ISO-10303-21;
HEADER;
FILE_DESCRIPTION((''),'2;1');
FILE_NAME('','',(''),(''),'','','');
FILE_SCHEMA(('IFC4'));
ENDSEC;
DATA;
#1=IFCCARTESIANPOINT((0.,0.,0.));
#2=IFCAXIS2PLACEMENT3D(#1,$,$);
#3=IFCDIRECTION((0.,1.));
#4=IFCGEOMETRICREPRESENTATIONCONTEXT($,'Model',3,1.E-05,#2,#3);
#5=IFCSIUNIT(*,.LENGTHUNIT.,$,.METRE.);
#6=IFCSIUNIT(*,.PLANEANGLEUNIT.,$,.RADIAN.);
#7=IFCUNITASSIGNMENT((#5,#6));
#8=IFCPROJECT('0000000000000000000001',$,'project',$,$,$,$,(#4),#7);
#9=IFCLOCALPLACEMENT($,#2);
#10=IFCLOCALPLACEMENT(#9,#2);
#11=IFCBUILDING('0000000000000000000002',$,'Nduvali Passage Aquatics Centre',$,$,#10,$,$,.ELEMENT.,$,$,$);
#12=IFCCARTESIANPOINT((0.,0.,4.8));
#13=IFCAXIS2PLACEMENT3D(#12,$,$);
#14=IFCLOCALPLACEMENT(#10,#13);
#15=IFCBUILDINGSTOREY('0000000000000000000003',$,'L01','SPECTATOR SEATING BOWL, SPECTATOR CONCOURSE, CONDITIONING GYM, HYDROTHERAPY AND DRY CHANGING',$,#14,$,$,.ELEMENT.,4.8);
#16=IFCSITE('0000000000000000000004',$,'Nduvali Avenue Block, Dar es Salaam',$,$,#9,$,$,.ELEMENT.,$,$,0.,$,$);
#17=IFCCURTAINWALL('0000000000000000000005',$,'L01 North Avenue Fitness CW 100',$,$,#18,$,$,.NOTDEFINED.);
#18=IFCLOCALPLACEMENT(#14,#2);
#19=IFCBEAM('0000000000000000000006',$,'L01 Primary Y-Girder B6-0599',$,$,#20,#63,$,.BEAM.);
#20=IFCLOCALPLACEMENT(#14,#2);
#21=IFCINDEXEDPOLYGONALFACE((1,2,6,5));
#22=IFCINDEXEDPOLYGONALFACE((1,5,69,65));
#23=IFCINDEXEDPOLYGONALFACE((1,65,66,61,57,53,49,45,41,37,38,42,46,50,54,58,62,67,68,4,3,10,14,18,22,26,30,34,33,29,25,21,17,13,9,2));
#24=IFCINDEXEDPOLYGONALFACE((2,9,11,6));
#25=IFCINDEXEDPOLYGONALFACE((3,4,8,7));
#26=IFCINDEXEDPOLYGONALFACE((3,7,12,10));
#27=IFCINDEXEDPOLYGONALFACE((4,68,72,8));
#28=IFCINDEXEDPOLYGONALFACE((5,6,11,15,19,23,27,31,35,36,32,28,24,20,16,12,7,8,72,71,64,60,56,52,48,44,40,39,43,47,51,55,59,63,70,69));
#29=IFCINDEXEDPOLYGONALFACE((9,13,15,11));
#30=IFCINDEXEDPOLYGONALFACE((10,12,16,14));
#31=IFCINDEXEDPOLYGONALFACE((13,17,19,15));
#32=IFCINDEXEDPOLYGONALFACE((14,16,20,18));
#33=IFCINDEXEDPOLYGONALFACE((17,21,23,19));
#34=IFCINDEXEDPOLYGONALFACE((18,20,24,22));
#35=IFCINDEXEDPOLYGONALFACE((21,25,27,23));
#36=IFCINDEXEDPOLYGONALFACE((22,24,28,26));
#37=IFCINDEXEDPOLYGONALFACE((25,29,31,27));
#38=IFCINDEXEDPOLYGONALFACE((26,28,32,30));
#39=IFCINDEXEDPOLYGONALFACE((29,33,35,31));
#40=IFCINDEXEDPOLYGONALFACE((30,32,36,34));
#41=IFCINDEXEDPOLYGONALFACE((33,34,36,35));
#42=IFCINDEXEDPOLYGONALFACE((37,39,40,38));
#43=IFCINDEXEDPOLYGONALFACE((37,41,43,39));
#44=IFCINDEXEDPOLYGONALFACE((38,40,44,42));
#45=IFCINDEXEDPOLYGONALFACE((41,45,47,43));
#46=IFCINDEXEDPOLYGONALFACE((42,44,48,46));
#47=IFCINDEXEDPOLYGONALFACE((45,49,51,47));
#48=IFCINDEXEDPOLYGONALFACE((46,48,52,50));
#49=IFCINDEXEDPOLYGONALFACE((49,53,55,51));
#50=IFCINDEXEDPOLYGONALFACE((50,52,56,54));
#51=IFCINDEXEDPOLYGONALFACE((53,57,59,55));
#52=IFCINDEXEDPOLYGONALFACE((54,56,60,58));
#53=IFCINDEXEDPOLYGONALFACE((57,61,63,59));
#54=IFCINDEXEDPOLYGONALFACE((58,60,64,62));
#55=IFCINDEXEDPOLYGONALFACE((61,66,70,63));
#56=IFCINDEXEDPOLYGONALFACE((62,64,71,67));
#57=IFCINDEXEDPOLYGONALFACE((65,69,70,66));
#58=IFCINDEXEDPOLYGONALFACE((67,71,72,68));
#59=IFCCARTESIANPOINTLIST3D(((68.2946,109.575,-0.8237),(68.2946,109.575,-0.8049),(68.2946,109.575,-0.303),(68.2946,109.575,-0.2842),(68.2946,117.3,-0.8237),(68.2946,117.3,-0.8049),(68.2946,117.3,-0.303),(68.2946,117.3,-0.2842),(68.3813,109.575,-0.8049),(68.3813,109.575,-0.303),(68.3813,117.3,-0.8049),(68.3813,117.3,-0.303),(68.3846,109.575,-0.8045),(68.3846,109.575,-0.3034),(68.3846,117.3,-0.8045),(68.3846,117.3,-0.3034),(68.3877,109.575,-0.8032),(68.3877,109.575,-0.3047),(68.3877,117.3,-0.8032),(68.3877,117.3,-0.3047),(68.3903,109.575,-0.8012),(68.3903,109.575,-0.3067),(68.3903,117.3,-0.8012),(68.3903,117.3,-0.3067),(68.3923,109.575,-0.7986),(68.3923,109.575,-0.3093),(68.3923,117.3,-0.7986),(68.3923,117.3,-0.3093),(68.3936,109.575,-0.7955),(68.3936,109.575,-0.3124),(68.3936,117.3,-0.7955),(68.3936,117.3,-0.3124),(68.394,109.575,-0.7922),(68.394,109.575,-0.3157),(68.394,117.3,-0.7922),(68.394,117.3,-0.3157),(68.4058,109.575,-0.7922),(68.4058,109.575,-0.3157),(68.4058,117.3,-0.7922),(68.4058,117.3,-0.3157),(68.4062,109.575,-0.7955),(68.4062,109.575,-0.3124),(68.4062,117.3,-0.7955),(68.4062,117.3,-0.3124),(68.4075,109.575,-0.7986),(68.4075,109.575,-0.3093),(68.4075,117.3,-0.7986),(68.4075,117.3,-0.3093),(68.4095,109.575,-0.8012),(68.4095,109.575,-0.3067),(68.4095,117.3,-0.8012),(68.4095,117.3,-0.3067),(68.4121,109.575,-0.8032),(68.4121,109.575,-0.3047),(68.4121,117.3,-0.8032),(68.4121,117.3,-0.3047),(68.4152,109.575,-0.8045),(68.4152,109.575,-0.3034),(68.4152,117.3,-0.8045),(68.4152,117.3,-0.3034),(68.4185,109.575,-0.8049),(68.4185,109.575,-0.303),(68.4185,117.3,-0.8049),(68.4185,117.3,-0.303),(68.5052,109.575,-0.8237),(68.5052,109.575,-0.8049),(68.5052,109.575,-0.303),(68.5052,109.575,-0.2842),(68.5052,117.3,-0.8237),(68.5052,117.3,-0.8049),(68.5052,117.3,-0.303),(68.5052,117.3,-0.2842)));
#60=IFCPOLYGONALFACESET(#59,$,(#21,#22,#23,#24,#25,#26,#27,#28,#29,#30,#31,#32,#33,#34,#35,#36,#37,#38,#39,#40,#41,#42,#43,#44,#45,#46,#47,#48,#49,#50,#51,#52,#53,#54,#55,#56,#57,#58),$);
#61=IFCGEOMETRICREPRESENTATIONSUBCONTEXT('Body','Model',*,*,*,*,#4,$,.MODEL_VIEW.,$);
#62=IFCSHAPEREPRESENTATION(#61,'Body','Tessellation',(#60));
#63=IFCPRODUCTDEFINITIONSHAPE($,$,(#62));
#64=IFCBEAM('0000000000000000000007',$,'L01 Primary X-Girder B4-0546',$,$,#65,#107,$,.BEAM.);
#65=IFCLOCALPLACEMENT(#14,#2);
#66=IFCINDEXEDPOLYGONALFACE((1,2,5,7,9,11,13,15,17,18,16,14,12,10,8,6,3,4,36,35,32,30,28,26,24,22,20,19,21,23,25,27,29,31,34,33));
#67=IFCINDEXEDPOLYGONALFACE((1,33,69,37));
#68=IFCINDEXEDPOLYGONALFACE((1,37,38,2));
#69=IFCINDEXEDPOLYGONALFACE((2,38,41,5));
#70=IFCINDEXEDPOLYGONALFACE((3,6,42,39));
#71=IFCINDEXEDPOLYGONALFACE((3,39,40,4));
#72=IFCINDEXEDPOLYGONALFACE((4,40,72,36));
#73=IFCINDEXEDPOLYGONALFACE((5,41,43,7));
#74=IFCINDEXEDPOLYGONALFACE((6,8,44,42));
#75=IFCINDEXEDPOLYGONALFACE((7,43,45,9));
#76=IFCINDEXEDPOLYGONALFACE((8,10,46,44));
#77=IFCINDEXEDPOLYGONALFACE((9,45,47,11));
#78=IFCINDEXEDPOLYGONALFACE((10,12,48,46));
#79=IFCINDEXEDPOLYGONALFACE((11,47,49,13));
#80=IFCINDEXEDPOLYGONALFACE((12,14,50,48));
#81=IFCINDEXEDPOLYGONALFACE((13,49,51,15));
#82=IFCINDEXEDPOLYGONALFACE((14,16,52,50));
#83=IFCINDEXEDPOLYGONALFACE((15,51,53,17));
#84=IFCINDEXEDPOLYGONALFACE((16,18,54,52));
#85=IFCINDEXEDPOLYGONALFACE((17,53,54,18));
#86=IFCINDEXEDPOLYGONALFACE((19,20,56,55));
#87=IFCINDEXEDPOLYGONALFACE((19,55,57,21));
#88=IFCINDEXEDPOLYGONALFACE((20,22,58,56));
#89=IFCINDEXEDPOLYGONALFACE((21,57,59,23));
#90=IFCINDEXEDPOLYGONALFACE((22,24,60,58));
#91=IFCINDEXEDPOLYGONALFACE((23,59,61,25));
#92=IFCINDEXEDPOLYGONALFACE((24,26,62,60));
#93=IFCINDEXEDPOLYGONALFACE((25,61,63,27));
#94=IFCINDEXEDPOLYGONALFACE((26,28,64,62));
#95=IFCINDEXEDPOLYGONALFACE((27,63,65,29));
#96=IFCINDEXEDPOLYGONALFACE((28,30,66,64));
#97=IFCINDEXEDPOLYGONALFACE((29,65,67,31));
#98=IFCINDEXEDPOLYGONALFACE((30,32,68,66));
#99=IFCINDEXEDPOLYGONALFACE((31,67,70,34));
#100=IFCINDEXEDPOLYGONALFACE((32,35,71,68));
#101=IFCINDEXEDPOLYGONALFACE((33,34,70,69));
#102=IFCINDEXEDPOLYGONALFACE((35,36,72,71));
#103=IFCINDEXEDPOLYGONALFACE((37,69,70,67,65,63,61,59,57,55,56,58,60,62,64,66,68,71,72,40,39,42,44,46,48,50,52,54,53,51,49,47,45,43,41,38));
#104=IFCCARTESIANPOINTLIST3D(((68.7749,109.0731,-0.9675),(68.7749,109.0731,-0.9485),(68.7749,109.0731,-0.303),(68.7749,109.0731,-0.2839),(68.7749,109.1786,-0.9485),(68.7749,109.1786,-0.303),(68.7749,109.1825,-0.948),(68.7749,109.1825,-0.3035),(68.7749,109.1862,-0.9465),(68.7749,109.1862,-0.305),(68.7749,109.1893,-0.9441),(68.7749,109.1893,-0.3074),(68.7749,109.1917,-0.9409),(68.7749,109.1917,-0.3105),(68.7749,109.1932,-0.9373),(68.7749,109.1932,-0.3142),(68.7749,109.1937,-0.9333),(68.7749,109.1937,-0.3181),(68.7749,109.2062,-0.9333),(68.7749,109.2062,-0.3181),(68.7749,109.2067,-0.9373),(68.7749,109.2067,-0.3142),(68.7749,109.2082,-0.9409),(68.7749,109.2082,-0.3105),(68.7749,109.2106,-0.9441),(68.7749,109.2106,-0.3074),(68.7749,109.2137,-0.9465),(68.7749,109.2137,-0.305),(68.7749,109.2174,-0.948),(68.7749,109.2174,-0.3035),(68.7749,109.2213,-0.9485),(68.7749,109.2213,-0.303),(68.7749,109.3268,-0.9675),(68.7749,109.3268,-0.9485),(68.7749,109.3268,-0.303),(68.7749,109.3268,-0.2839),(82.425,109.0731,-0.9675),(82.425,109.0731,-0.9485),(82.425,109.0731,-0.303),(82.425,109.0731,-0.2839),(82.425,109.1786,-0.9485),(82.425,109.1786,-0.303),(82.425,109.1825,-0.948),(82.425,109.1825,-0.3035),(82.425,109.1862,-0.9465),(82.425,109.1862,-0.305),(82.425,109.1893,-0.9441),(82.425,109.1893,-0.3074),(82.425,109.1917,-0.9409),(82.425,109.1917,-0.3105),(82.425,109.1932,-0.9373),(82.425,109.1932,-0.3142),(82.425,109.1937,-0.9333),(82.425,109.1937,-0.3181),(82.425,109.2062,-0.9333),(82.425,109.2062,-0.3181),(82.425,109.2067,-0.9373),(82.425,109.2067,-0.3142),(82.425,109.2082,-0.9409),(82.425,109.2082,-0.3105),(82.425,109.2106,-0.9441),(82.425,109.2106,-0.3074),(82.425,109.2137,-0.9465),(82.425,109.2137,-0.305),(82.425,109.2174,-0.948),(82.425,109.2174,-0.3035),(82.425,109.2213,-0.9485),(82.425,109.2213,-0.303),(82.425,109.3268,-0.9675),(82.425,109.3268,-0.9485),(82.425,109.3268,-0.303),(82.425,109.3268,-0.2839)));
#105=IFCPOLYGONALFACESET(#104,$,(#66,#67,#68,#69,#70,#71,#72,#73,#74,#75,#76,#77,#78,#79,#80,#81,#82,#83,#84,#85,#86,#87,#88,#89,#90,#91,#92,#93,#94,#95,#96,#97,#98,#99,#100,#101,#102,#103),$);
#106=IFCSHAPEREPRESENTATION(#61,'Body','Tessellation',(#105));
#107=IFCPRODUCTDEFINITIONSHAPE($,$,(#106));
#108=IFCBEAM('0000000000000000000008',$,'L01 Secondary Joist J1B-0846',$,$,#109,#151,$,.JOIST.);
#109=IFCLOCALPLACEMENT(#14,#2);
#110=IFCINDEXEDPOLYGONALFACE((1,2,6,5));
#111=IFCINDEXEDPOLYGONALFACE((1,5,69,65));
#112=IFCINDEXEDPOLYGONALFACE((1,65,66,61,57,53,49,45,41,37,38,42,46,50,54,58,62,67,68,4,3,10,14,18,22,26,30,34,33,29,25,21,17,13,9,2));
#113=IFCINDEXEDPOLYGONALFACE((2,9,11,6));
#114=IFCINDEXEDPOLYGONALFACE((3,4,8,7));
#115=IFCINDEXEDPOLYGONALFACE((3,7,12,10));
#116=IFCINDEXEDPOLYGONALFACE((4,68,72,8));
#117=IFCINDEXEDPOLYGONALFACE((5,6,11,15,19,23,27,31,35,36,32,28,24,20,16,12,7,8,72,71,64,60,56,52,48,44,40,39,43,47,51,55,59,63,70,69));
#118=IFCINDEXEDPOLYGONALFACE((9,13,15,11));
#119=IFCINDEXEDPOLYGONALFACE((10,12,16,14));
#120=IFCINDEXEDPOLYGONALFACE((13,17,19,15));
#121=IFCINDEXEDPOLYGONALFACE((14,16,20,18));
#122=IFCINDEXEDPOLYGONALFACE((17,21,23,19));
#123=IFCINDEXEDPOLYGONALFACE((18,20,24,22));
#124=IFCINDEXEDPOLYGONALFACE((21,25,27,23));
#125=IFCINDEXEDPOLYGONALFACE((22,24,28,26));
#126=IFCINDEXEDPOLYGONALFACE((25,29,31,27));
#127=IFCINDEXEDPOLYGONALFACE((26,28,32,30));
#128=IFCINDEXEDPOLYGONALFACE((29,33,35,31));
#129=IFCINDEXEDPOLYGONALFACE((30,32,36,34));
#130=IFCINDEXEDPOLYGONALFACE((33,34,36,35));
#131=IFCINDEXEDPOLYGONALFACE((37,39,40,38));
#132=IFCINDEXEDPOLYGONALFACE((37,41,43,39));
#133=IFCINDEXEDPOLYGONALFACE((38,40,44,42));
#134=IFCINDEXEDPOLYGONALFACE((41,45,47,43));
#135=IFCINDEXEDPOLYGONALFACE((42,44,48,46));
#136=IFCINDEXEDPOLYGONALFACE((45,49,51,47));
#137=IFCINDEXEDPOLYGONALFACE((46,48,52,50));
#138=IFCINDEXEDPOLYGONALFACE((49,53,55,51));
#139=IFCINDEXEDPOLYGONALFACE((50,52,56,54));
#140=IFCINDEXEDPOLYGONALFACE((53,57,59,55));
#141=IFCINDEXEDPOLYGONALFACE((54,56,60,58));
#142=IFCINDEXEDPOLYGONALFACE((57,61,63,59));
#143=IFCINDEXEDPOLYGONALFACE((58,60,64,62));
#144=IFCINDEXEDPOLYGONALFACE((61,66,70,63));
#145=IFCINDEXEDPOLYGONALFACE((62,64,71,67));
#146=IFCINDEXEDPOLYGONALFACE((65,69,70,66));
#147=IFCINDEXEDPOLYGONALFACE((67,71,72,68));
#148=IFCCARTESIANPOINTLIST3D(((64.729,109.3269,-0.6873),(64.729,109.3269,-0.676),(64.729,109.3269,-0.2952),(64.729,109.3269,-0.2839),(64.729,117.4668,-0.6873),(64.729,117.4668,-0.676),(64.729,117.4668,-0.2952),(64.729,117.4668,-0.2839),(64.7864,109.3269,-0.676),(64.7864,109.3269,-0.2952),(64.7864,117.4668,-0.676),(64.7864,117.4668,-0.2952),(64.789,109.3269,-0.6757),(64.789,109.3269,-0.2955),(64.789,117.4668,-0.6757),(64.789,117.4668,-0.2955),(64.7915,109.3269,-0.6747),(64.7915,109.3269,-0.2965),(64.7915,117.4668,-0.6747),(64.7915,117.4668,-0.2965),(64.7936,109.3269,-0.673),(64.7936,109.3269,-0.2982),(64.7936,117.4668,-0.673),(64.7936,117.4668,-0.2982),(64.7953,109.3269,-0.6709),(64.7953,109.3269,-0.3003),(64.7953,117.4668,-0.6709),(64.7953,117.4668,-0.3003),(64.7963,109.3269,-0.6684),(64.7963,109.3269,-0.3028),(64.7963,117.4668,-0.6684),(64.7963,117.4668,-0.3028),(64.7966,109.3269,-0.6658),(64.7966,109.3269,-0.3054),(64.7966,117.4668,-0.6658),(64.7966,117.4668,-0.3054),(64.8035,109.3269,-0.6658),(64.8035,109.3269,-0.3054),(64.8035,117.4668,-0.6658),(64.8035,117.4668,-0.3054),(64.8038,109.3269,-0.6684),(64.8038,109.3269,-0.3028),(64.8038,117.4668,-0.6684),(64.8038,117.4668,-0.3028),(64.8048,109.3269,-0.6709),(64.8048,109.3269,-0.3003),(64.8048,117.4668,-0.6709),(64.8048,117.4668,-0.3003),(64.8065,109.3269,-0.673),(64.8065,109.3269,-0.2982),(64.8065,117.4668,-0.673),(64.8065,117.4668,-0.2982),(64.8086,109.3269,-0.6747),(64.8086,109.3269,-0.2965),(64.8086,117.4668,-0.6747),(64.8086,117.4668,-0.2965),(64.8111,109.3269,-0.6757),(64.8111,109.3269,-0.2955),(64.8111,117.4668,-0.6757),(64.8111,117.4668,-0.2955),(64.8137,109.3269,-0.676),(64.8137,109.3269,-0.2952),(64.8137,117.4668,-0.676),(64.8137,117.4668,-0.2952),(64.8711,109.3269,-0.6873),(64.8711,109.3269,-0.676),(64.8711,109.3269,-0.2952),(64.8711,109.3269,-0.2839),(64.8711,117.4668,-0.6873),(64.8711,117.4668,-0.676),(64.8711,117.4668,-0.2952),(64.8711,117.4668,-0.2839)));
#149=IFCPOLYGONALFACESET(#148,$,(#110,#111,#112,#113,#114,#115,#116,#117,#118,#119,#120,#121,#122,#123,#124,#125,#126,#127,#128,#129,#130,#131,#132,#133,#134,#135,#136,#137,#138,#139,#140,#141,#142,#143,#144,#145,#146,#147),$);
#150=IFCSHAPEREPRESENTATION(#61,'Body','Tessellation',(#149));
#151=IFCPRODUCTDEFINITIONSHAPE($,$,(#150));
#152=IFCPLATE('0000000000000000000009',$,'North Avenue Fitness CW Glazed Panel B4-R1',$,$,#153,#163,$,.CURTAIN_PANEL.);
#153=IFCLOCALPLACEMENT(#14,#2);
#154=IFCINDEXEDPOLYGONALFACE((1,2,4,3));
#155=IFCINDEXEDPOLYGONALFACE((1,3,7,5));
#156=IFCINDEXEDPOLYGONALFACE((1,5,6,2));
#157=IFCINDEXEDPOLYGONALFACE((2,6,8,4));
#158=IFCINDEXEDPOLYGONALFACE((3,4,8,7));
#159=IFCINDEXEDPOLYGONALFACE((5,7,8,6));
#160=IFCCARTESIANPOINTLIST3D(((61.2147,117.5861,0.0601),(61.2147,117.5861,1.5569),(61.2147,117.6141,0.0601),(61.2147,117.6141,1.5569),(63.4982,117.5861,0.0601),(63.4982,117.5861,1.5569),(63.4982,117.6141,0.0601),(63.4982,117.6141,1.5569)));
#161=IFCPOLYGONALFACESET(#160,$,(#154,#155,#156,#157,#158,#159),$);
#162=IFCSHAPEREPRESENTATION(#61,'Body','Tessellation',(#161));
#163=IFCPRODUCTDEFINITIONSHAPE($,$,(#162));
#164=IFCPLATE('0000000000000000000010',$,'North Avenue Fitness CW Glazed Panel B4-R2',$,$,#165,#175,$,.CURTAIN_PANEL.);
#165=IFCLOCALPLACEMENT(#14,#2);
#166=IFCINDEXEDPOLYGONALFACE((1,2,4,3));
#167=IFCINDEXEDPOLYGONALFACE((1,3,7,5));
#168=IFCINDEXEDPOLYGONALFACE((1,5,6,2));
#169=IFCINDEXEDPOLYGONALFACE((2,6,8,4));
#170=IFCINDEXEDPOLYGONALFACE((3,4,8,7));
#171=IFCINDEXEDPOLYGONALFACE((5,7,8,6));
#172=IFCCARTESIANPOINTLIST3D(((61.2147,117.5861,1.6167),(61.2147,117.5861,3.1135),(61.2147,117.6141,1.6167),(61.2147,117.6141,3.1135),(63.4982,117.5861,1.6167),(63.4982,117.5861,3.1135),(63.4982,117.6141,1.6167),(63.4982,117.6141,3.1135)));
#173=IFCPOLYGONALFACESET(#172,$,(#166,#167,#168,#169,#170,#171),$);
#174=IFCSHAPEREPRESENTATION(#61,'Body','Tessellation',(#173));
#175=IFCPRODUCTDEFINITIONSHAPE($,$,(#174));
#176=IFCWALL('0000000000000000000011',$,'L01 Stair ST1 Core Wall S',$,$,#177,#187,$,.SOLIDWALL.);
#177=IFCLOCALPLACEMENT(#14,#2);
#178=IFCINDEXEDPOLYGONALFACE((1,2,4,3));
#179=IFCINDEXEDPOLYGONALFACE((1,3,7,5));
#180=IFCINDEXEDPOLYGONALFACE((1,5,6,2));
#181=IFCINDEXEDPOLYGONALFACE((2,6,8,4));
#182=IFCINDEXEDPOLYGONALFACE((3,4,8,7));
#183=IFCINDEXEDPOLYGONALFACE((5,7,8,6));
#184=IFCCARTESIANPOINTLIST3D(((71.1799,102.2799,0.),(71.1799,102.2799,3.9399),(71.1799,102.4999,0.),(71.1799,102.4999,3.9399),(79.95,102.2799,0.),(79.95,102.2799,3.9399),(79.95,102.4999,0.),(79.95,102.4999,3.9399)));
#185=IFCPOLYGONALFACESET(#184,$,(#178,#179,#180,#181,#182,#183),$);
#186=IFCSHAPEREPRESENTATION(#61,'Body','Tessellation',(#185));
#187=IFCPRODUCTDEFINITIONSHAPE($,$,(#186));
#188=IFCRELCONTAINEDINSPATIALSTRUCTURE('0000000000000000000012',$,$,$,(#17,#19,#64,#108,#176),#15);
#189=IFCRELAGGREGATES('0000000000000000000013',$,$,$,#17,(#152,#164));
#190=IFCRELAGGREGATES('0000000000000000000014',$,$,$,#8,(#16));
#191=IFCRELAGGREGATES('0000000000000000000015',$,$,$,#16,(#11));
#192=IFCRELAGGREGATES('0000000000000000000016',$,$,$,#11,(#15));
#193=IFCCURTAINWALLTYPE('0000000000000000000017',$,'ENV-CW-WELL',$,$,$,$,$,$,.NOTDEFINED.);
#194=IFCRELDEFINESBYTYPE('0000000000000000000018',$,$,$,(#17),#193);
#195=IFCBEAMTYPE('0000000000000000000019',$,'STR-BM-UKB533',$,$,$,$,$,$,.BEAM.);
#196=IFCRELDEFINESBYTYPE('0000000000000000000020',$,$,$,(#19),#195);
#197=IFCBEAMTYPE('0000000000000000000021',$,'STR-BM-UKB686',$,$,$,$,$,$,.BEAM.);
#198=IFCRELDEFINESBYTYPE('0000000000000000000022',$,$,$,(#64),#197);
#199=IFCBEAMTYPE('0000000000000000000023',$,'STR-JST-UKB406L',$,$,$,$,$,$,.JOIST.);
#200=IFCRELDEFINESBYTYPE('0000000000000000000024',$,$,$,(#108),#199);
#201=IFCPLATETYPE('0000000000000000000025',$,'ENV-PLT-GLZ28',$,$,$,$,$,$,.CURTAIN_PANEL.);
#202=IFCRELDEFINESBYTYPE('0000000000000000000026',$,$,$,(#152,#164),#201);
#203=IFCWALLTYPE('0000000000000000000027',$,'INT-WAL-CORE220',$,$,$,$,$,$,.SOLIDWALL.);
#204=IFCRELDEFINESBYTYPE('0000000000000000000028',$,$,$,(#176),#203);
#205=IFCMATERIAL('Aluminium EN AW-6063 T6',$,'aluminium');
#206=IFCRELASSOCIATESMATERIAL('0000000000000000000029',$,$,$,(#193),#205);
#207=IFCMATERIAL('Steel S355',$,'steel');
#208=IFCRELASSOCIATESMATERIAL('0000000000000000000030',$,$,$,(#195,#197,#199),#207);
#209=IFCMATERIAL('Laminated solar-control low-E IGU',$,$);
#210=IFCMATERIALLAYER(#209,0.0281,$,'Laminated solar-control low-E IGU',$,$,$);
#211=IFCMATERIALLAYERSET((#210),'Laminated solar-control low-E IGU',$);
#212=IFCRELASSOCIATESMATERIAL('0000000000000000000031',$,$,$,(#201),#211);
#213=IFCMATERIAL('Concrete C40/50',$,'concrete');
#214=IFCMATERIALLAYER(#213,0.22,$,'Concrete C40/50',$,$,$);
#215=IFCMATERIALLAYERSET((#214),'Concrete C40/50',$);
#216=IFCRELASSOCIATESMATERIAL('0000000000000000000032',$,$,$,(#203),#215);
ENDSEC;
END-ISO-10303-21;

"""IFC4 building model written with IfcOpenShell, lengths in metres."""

from ifc_helpers import new_model, si_unit, direction, frame, frame_2d, origin, origin_2d, place, context, subcontext, project, spatial, rectangle, i_section, extrude, material, layer, layer_set, material_profile, profile_set, type_object, element, aggregate, save


model = new_model("IFC4")

# Units and contexts
model_context = context("Model", 3, precision=1e-05, world=origin(), true_north=direction((0.0, 1.0)))
body_context = subcontext(model_context, "Body", "Model", "MODEL_VIEW")
ifc_project = project(units=[si_unit("LENGTHUNIT", "METRE"), si_unit("PLANEANGLEUNIT", "RADIAN")], contexts=[model_context])

# Site, building, storey
site_placement = place(None, origin())
site = spatial("IfcSite", under=ifc_project, at=site_placement, Name="Nduvali Avenue Block, Dar es Salaam", CompositionType="ELEMENT", RefElevation=0.0)
building_placement = place(site_placement, origin())
building = spatial("IfcBuilding", under=site, at=building_placement, Name="Nduvali Passage Aquatics Centre", CompositionType="ELEMENT")
storey_placement = place(building_placement, frame((0.0, 0.0, 4.8)))
storey = spatial("IfcBuildingStorey", under=building, at=storey_placement, Name="L01", Description="SPECTATOR SEATING BOWL, SPECTATOR CONCOURSE, CONDITIONING GYM, HYDROTHERAPY AND DRY CHANGING", CompositionType="ELEMENT", Elevation=4.8)

# Shared definitions
ifc_material_1 = material(Name="Steel S355", Category="steel")

# Curtain wall
ifc_material_2 = material(Name="Aluminium EN AW-6063 T6", Category="aluminium")
curtain_wall_type = type_object("IfcCurtainWallType", Name="ENV-CW-WELL", PredefinedType="NOTDEFINED", material=ifc_material_2)
curtain_wall_placement = place(storey_placement, origin())
curtain_wall = element("IfcCurtainWall", 1, at=curtain_wall_placement, inside=storey, type_object=curtain_wall_type, Name="L01 North Avenue Fitness CW 100", PredefinedType="NOTDEFINED")

# Beams
ifc_material_profile_1 = material_profile(ifc_material_1, i_section(OverallWidth=0.2107, OverallDepth=0.5396, WebThickness=0.0117, FlangeThickness=0.0188, FilletRadius=0.0127, at=origin_2d()), Name="UKB 533x210x109")
ifc_profile_set_1 = profile_set([ifc_material_profile_1], Name="Steel S355")
beam_type_1 = type_object("IfcBeamType", Name="STR-BM-UKB533", PredefinedType="BEAM", material=ifc_profile_set_1)
beam_1_placement = place(storey_placement, frame((68.3999, 109.575, -0.554), z_axis=(0.0, 1.0, 0.0), x_axis=(-1.0, 0.0, 0.0)))
element("IfcBeam", 2, at=beam_1_placement, inside=storey, type_object=beam_type_1, Name="L01 Primary Y-Girder B6-0599", PredefinedType="BEAM", context=body_context, shape_type="SweptSolid", body=[
    extrude(i_section(OverallWidth=0.2107, OverallDepth=0.5396, WebThickness=0.0117, FlangeThickness=0.0188, FilletRadius=0.0127, at=origin_2d()), origin(), (0.0, 0.0, 1.0), 7.7251),
])
ifc_material_profile_2 = material_profile(ifc_material_1, i_section(OverallWidth=0.2537, OverallDepth=0.6836, WebThickness=0.0125, FlangeThickness=0.019, FilletRadius=0.0151, at=origin_2d()), Name="UKB 686x254x140")
ifc_profile_set_2 = profile_set([ifc_material_profile_2], Name="Steel S355")
beam_type_2 = type_object("IfcBeamType", Name="STR-BM-UKB686", PredefinedType="BEAM", material=ifc_profile_set_2)
beam_2_placement = place(storey_placement, frame((68.7749, 109.2, -0.6257), z_axis=(1.0, 0.0, 0.0), x_axis=(0.0, 1.0, 0.0)))
element("IfcBeam", 3, at=beam_2_placement, inside=storey, type_object=beam_type_2, Name="L01 Primary X-Girder B4-0546", PredefinedType="BEAM", context=body_context, shape_type="SweptSolid", body=[
    extrude(i_section(OverallWidth=0.2537, OverallDepth=0.6836, WebThickness=0.0125, FlangeThickness=0.019, FilletRadius=0.0151, at=origin_2d()), origin(), (0.0, 0.0, 1.0), 13.6501),
])
ifc_material_profile_3 = material_profile(ifc_material_1, i_section(OverallWidth=0.1421, OverallDepth=0.4033, WebThickness=0.0068, FlangeThickness=0.0112, FilletRadius=0.0103, at=origin_2d()), Name="UKB 406x140x46")
ifc_profile_set_3 = profile_set([ifc_material_profile_3], Name="Steel S355")
beam_type_3 = type_object("IfcBeamType", Name="STR-JST-UKB406L", PredefinedType="JOIST", material=ifc_profile_set_3)
beam_3_placement = place(storey_placement, frame((64.8, 109.3269, -0.4856), z_axis=(0.0, 1.0, 0.0), x_axis=(-1.0, 0.0, 0.0)))
element("IfcBeam", 4, at=beam_3_placement, inside=storey, type_object=beam_type_3, Name="L01 Secondary Joist J1B-0846", PredefinedType="JOIST", context=body_context, shape_type="SweptSolid", body=[
    extrude(i_section(OverallWidth=0.1421, OverallDepth=0.4033, WebThickness=0.0068, FlangeThickness=0.0112, FilletRadius=0.0103, at=origin_2d()), origin(), (0.0, 0.0, 1.0), 8.1399),
])

# Plates
ifc_material_3 = material(Name="Laminated solar-control low-E IGU")
ifc_layer_1 = layer(ifc_material_3, 0.0281, Name="Laminated solar-control low-E IGU")
ifc_layer_set_1 = layer_set([ifc_layer_1], Name="Laminated solar-control low-E IGU")
plate_type = type_object("IfcPlateType", Name="ENV-PLT-GLZ28", PredefinedType="CURTAIN_PANEL", material=ifc_layer_set_1)
plate_1_placement = place(storey_placement, frame((62.3564, 117.6001, 0.0601), z_axis=(0.0, 0.0, 1.0), x_axis=(1.0, 0.0, 0.0)))
plate_1 = element("IfcPlate", 5, at=plate_1_placement, type_object=plate_type, Name="North Avenue Fitness CW Glazed Panel B4-R1", PredefinedType="CURTAIN_PANEL", context=body_context, shape_type="SweptSolid", body=[
    extrude(rectangle(XDim=2.2834, YDim=0.0281, at=origin_2d()), origin(), (0.0, 0.0, 1.0), 1.4968),
])
plate_2_placement = place(storey_placement, frame((62.3564, 117.6001, 1.6167), z_axis=(0.0, 0.0, 1.0), x_axis=(1.0, 0.0, 0.0)))
plate_2 = element("IfcPlate", 6, at=plate_2_placement, type_object=plate_type, Name="North Avenue Fitness CW Glazed Panel B4-R2", PredefinedType="CURTAIN_PANEL", context=body_context, shape_type="SweptSolid", body=[
    extrude(rectangle(XDim=2.2834, YDim=0.0281, at=origin_2d()), origin(), (0.0, 0.0, 1.0), 1.4968),
])
aggregate(curtain_wall, [plate_1, plate_2])

# Wall
ifc_material_4 = material(Name="Concrete C40/50", Category="concrete")
ifc_layer_2 = layer(ifc_material_4, 0.22, Name="Concrete C40/50")
ifc_layer_set_2 = layer_set([ifc_layer_2], Name="Concrete C40/50")
wall_type_1 = type_object("IfcWallType", Name="INT-WAL-CORE220", PredefinedType="SOLIDWALL", material=ifc_layer_set_2)
wall_1_placement = place(storey_placement, frame((71.1799, 102.3899, 0.0), z_axis=(0.0, 0.0, 1.0), x_axis=(1.0, 0.0, 0.0)))
element("IfcWall", 7, at=wall_1_placement, inside=storey, type_object=wall_type_1, Name="L01 Stair ST1 Core Wall S", PredefinedType="SOLIDWALL", context=body_context, shape_type="SweptSolid", body=[
    extrude(rectangle(XDim=8.77, YDim=0.22, at=frame_2d((4.385, 0.0))), origin(), (0.0, 0.0, 1.0), 3.9399),
])

save(model, "model.ifc")
